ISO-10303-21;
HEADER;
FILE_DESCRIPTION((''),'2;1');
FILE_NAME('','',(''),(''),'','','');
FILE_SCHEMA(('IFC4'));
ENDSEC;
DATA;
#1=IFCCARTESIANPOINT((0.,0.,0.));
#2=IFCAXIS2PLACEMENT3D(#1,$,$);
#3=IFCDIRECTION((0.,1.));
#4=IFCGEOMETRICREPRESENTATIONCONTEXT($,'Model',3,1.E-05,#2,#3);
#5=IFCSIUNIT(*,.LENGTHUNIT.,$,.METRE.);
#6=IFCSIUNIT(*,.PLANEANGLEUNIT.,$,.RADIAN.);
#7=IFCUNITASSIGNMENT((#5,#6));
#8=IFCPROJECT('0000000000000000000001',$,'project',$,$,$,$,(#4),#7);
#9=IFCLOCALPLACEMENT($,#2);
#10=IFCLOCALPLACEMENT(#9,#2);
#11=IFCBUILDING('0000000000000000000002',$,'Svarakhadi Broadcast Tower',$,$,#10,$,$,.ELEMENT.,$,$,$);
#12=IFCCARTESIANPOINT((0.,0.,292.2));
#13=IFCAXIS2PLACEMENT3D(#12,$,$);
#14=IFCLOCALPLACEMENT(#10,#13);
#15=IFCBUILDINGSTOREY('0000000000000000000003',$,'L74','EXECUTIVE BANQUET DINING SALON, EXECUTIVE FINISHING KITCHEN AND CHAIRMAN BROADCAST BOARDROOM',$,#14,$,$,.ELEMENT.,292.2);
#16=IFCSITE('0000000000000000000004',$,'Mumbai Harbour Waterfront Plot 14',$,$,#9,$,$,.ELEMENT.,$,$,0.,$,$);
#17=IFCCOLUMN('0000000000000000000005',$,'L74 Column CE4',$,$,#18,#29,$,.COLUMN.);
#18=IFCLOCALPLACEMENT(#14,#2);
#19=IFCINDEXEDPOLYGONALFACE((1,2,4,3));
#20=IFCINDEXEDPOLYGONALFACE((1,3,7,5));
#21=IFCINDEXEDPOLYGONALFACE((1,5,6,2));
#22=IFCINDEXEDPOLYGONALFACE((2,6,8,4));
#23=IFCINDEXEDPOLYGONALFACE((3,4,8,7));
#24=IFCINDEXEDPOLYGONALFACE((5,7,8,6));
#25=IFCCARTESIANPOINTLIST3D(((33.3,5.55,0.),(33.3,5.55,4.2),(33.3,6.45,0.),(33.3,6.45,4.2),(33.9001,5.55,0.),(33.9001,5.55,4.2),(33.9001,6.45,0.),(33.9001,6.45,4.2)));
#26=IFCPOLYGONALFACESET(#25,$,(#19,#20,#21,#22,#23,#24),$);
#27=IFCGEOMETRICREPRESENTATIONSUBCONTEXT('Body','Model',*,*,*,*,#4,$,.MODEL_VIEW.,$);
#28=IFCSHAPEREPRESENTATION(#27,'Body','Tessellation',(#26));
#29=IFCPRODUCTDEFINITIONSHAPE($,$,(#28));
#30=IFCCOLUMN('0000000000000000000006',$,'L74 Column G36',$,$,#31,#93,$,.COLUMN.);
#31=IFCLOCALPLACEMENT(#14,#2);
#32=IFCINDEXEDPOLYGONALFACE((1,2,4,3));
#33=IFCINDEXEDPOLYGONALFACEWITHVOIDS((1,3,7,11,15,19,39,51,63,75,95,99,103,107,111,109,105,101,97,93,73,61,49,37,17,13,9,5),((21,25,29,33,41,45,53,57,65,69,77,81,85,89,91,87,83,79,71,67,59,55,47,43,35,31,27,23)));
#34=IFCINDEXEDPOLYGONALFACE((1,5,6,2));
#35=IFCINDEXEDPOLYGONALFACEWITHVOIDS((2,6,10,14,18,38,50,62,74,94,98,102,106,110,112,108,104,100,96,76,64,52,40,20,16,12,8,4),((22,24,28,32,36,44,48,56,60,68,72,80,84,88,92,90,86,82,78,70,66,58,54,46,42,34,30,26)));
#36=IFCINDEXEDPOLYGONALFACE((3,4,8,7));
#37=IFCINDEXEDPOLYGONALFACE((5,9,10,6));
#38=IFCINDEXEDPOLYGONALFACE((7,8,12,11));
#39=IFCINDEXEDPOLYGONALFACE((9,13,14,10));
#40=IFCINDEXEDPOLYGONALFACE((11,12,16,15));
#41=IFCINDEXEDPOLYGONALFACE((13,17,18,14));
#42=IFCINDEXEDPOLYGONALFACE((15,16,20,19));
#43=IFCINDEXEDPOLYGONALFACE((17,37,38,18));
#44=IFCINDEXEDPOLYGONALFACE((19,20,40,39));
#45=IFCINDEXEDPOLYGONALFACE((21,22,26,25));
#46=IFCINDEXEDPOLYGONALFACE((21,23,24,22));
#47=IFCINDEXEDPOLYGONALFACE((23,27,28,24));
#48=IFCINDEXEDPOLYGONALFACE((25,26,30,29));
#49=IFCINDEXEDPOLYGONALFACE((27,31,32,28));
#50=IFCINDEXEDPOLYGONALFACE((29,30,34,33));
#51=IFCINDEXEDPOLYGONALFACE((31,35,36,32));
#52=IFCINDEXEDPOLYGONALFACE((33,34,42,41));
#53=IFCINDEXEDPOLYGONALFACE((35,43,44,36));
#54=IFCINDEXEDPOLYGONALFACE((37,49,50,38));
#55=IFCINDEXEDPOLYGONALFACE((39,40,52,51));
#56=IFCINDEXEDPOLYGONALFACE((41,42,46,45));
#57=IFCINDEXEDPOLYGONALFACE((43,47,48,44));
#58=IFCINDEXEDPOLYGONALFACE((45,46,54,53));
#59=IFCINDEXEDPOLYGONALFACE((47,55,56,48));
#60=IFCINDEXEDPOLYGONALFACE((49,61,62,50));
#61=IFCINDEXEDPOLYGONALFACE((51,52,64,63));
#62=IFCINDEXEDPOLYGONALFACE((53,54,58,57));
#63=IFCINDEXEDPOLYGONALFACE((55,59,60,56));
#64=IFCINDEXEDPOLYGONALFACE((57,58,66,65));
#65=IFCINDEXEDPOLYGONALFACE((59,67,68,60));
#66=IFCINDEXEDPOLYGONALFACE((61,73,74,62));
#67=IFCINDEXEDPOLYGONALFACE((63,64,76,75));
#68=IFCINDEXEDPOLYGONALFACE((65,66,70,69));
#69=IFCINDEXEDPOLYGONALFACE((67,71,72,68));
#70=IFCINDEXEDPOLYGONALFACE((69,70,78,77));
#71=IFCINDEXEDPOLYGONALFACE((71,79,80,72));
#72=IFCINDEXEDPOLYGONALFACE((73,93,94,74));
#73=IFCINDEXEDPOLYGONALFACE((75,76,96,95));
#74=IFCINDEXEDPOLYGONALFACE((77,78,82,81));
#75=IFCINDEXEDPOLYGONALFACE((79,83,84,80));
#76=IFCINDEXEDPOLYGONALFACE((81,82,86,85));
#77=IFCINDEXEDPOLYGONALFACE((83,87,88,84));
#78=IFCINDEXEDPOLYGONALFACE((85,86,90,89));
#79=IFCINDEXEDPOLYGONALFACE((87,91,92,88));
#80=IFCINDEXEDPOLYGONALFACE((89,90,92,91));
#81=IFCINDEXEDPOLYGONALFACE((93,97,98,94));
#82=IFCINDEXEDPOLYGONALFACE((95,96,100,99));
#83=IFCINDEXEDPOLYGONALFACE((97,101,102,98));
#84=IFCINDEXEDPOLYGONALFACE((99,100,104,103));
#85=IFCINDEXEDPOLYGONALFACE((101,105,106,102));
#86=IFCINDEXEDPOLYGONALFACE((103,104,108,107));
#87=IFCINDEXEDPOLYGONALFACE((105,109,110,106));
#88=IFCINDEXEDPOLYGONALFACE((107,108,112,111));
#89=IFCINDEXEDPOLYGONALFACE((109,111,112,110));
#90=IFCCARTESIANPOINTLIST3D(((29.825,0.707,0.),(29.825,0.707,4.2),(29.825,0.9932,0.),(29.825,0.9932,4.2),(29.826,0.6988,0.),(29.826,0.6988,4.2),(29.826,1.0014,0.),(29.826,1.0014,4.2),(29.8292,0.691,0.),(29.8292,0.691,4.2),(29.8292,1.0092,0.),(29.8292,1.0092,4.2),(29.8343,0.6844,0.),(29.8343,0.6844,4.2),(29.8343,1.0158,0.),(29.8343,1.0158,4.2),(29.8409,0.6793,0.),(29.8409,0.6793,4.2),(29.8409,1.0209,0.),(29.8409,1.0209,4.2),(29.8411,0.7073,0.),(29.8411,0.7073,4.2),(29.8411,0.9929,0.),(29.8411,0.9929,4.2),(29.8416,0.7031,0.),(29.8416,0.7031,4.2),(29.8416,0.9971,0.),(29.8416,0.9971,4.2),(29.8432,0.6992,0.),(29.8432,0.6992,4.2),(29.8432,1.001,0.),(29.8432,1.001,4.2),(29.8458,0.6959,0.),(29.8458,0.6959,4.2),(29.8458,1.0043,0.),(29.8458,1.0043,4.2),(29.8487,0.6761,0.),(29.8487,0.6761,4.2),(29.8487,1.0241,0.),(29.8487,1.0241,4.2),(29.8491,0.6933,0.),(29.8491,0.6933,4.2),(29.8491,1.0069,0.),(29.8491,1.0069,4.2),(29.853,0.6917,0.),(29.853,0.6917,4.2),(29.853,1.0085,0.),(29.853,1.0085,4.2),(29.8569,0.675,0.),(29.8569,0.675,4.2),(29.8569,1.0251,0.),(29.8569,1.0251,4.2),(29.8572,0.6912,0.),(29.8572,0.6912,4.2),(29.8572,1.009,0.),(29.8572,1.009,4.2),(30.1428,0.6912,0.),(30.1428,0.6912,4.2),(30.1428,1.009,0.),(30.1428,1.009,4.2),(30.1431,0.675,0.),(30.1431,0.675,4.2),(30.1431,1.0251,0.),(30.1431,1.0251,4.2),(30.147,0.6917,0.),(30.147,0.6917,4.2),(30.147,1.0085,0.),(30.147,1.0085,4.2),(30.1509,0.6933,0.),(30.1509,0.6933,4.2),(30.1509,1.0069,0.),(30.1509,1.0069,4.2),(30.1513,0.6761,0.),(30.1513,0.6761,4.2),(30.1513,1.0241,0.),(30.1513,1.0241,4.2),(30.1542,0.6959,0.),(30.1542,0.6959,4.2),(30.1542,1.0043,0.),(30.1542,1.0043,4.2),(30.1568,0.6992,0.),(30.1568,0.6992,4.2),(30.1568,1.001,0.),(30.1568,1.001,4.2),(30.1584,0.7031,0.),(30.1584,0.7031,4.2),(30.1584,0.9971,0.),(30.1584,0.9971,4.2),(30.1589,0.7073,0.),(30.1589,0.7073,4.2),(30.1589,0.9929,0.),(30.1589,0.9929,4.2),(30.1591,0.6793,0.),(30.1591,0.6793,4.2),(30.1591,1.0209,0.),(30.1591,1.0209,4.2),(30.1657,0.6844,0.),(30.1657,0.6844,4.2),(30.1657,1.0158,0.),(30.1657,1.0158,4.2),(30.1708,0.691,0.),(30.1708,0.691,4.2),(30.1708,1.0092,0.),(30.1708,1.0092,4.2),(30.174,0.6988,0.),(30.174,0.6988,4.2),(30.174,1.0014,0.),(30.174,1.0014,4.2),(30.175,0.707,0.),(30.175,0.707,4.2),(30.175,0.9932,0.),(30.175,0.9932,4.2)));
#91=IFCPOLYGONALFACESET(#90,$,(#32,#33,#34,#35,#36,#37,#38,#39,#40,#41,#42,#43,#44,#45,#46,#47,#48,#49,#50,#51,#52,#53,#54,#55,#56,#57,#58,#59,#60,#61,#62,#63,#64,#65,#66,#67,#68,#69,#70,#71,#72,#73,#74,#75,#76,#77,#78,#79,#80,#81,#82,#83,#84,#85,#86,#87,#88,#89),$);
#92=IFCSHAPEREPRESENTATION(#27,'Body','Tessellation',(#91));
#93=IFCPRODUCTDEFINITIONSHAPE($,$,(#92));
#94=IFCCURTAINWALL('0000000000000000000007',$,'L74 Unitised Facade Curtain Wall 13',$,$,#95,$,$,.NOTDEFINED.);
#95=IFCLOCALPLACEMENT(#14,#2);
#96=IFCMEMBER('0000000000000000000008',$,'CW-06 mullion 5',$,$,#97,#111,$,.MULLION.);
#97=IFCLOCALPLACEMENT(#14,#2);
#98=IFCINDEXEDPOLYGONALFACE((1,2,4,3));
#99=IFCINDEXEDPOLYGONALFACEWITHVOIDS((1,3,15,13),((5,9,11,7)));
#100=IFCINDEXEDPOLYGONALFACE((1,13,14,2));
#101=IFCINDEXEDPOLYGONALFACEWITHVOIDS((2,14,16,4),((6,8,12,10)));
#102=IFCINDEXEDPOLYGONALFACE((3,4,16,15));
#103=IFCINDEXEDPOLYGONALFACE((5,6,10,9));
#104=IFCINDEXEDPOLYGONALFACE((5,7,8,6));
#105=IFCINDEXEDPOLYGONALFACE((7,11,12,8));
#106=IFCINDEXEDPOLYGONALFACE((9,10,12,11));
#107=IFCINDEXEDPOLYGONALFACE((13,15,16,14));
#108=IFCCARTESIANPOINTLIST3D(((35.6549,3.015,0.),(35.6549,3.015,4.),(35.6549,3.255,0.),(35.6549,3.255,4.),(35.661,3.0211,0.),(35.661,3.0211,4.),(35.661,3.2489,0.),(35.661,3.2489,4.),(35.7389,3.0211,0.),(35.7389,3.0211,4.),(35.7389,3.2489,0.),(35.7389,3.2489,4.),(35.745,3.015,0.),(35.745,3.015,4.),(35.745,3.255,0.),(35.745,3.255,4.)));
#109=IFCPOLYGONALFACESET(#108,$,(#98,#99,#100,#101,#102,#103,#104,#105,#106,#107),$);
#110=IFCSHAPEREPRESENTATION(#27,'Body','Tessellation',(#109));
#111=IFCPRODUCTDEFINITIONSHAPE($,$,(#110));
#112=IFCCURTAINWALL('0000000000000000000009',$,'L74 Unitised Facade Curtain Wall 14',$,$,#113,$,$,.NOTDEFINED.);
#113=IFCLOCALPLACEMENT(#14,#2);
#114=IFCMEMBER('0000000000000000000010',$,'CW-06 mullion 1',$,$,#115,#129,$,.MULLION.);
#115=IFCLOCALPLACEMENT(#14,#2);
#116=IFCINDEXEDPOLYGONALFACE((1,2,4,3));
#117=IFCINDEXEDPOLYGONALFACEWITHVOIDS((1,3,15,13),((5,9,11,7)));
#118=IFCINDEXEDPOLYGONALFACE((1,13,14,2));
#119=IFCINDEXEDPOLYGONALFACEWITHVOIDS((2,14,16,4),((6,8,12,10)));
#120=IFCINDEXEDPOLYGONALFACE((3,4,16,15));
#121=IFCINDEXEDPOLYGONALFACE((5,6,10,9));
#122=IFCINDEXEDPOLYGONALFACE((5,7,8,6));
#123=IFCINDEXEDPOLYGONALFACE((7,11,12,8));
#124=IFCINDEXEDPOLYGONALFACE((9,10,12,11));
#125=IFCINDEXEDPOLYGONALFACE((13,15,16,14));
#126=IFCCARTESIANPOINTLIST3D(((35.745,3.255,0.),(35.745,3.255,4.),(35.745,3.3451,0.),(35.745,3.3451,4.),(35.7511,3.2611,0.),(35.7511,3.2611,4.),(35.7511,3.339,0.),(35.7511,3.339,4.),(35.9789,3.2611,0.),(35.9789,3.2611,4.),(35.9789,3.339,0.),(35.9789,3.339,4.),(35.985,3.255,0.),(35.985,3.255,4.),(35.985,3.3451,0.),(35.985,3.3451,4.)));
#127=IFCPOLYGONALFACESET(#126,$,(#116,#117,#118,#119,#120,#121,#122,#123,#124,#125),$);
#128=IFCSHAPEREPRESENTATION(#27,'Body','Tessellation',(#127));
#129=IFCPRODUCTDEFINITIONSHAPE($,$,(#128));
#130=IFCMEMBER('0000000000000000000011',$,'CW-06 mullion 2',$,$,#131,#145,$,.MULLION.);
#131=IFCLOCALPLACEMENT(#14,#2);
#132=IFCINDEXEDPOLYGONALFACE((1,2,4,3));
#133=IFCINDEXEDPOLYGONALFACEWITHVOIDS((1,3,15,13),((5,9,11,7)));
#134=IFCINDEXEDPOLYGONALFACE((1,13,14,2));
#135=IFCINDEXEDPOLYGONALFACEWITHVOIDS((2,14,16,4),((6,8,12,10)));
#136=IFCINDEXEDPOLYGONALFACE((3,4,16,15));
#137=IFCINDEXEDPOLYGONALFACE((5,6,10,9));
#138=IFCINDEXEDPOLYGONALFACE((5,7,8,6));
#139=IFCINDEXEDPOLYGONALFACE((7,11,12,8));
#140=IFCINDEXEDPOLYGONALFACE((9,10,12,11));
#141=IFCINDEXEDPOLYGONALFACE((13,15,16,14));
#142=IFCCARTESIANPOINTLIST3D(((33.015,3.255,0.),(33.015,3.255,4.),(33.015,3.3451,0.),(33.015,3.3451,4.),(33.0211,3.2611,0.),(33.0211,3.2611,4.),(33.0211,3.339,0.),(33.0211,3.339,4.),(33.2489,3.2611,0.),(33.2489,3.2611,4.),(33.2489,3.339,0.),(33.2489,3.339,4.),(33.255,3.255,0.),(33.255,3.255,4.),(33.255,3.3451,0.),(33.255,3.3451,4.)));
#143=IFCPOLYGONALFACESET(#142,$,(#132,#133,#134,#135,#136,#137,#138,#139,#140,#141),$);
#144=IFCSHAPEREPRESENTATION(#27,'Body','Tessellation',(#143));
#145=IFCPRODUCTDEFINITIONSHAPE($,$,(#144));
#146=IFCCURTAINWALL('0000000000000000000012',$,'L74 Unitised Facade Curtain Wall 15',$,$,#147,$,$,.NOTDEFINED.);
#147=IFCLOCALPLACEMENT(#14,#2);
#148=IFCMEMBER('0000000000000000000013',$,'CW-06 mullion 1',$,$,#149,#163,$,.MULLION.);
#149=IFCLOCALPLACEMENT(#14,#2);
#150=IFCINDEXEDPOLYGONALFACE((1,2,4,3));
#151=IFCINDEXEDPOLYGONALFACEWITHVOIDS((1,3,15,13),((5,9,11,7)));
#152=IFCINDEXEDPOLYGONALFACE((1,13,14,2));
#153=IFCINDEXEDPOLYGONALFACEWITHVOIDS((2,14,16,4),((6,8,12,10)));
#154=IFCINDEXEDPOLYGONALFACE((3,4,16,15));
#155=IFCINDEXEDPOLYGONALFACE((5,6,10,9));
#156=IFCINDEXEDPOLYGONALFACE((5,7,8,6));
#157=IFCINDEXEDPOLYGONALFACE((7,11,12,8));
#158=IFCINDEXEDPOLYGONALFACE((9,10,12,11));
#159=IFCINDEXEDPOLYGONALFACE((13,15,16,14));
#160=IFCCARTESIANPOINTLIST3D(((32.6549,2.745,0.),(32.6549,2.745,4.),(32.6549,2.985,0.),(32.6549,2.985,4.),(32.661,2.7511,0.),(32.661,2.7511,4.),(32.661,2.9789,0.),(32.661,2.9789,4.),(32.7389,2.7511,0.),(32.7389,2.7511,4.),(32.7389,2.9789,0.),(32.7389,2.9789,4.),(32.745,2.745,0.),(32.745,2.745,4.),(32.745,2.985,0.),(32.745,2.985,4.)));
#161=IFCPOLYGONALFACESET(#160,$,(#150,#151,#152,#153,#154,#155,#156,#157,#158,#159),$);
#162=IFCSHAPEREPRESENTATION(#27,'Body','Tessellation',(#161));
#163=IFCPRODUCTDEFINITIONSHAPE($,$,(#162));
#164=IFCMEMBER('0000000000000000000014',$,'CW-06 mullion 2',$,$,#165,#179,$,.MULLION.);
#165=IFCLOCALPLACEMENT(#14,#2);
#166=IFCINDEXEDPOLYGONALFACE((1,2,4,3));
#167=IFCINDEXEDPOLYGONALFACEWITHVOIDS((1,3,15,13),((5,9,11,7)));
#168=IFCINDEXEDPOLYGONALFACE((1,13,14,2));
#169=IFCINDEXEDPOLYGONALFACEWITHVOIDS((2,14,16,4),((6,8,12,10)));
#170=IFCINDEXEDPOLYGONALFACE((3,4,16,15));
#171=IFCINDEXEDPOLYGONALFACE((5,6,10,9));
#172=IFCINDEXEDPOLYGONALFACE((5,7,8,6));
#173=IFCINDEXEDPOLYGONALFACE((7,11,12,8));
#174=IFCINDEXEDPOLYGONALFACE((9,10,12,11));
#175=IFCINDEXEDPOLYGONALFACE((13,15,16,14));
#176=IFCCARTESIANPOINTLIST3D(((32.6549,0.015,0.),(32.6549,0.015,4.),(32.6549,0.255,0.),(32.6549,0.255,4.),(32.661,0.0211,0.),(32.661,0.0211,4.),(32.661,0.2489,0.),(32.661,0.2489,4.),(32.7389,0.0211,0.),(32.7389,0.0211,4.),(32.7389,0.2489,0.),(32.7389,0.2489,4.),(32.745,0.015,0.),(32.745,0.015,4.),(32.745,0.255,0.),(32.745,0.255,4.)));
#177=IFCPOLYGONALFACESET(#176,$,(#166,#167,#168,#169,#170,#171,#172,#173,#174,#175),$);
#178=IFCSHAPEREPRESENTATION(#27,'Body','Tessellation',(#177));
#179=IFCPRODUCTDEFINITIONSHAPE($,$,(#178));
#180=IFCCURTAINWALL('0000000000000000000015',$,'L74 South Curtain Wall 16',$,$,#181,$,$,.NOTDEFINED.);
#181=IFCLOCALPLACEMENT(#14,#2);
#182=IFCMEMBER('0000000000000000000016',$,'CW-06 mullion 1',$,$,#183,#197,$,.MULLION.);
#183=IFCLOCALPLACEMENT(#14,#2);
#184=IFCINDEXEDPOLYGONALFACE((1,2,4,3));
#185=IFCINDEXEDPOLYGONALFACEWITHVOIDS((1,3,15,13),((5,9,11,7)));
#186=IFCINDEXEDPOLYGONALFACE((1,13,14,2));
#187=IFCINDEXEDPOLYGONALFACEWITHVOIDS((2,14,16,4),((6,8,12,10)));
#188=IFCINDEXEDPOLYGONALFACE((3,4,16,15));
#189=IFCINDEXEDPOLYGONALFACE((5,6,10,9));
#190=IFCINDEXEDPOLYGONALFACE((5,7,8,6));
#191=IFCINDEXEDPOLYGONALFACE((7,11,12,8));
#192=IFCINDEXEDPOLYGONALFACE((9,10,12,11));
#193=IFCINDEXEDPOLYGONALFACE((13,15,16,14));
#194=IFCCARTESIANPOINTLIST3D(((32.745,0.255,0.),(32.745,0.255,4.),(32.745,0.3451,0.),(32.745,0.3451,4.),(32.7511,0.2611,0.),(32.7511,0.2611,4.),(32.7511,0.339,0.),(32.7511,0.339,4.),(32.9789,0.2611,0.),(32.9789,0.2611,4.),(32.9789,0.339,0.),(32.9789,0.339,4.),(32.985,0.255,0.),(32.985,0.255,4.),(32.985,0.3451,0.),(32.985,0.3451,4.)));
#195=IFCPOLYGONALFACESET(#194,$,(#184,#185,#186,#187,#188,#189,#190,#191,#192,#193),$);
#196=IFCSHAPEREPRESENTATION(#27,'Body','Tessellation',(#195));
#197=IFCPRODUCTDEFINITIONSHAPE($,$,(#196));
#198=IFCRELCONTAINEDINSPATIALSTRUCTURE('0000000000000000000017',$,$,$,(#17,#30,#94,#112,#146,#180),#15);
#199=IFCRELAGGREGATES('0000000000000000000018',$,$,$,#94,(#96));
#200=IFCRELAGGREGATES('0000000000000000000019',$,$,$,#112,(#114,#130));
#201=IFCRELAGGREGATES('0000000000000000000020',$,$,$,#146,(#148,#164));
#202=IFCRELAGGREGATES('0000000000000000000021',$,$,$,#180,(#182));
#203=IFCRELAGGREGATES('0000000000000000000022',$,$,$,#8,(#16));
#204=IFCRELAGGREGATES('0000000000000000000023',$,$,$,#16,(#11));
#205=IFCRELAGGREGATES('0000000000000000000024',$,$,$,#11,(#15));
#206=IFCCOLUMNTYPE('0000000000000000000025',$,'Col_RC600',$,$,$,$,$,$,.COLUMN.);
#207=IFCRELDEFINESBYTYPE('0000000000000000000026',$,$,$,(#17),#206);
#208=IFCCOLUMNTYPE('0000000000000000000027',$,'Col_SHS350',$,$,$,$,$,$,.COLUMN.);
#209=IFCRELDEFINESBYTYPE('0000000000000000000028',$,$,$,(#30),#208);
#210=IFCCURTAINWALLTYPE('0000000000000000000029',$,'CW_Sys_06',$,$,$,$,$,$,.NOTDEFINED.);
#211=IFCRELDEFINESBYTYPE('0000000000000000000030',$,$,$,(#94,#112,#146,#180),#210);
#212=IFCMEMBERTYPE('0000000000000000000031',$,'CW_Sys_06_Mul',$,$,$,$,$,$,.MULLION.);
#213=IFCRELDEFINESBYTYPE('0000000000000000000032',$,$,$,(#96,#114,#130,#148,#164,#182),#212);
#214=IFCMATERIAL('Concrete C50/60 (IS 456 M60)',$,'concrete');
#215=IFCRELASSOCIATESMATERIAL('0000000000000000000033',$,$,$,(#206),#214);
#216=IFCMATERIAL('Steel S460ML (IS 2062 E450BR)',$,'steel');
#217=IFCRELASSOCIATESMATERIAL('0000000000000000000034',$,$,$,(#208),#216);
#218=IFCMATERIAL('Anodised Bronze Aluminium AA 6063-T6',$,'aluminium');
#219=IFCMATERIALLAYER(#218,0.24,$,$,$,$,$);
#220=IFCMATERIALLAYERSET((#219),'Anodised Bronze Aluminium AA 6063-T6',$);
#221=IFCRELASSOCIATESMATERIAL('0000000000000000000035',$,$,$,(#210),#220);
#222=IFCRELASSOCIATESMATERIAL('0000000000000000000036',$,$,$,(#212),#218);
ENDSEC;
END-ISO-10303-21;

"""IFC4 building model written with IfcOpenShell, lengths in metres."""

from ifc_helpers import new_model, si_unit, direction, frame, origin, origin_2d, place, context, subcontext, project, spatial, rectangle, hollow_rectangle, extrude, material, layer, layer_set, material_profile, profile_set, type_object, element, aggregate, save


model = new_model("IFC4")

# Units and contexts
model_context = context("Model", 3, precision=1e-05, world=origin(), true_north=direction((0.0, 1.0)))
body_context = subcontext(model_context, "Body", "Model", "MODEL_VIEW")
ifc_project = project(units=[si_unit("LENGTHUNIT", "METRE"), si_unit("PLANEANGLEUNIT", "RADIAN")], contexts=[model_context])

# Site, building, storey
site_placement = place(None, origin())
site = spatial("IfcSite", under=ifc_project, at=site_placement, Name="Mumbai Harbour Waterfront Plot 14", CompositionType="ELEMENT", RefElevation=0.0)
building_placement = place(site_placement, origin())
building = spatial("IfcBuilding", under=site, at=building_placement, Name="Svarakhadi Broadcast Tower", CompositionType="ELEMENT")
storey_placement = place(building_placement, frame((0.0, 0.0, 292.2)))
storey = spatial("IfcBuildingStorey", under=building, at=storey_placement, Name="L74", Description="EXECUTIVE BANQUET DINING SALON, EXECUTIVE FINISHING KITCHEN AND CHAIRMAN BROADCAST BOARDROOM", CompositionType="ELEMENT", Elevation=292.2)

# Columns
ifc_material_1 = material(Name="Concrete C50/60 (IS 456 M60)", Category="concrete")
ifc_material_profile_1 = material_profile(ifc_material_1, rectangle(XDim=0.6001, YDim=0.8999, at=origin_2d()), Name="RC 600x900")
ifc_profile_set_1 = profile_set([ifc_material_profile_1], Name="Concrete C50/60 (IS 456 M60)")
column_type_1 = type_object("IfcColumnType", Name="Col_RC600", PredefinedType="COLUMN", material=ifc_profile_set_1)
column_1_placement = place(storey_placement, frame((33.6001, 6.0, 0.0), z_axis=(0.0, 0.0, 1.0), x_axis=(1.0, 0.0, 0.0)))
element("IfcColumn", 1, at=column_1_placement, inside=storey, type_object=column_type_1, Name="L74 Column CE4", PredefinedType="COLUMN", context=body_context, shape_type="SweptSolid", body=[
    extrude(rectangle(XDim=0.6001, YDim=0.8999, at=origin_2d()), origin(), (0.0, 0.0, 1.0), 4.2),
])
ifc_material_2 = material(Name="Steel S460ML (IS 2062 E450BR)", Category="steel")
ifc_material_profile_2 = material_profile(ifc_material_2, hollow_rectangle(XDim=0.3501, YDim=0.3501, WallThickness=0.0161, InnerFilletRadius=0.0161, OuterFilletRadius=0.032, at=origin_2d()), Name="SHS 350x350x16")
ifc_profile_set_2 = profile_set([ifc_material_profile_2], Name="Steel S460ML (IS 2062 E450BR)")
column_type_2 = type_object("IfcColumnType", Name="Col_SHS350", PredefinedType="COLUMN", material=ifc_profile_set_2)
column_2_placement = place(storey_placement, frame((30.0, 0.8501, 0.0), z_axis=(0.0, 0.0, 1.0), x_axis=(1.0, 0.0, 0.0)))
element("IfcColumn", 2, at=column_2_placement, inside=storey, type_object=column_type_2, Name="L74 Column G36", PredefinedType="COLUMN", context=body_context, shape_type="SweptSolid", body=[
    extrude(hollow_rectangle(XDim=0.3501, YDim=0.3501, WallThickness=0.0161, InnerFilletRadius=0.0161, OuterFilletRadius=0.032, at=origin_2d()), origin(), (0.0, 0.0, 1.0), 4.2),
])

# Curtain wall, member
ifc_material_3 = material(Name="Anodised Bronze Aluminium AA 6063-T6", Category="aluminium")
ifc_layer_1 = layer(ifc_material_3, 0.24)
ifc_layer_set_1 = layer_set([ifc_layer_1], Name="Anodised Bronze Aluminium AA 6063-T6")
curtain_wall_type = type_object("IfcCurtainWallType", Name="CW_Sys_06", PredefinedType="NOTDEFINED", material=ifc_layer_set_1)
curtain_wall_1_placement = place(storey_placement, origin())
curtain_wall_1 = element("IfcCurtainWall", 3, at=curtain_wall_1_placement, inside=storey, type_object=curtain_wall_type, Name="L74 Unitised Facade Curtain Wall 13", PredefinedType="NOTDEFINED")
ifc_material_profile_3 = material_profile(ifc_material_3, hollow_rectangle(XDim=0.0901, YDim=0.24, WallThickness=0.0061, at=origin_2d()), Name="ALU MULLION 240x90x6")
ifc_profile_set_3 = profile_set([ifc_material_profile_3], Name="Anodised Bronze Aluminium AA 6063-T6")
member_type_1 = type_object("IfcMemberType", Name="CW_Sys_06_Mul", PredefinedType="MULLION", material=ifc_profile_set_3)
member_1_placement = place(storey_placement, frame((35.7, 3.135, 0.0), z_axis=(0.0, 0.0, 1.0), x_axis=(1.0, 0.0, 0.0)))
member_1 = element("IfcMember", 4, at=member_1_placement, type_object=member_type_1, Name="CW-06 mullion 5", PredefinedType="MULLION", context=body_context, shape_type="SweptSolid", body=[
    extrude(hollow_rectangle(XDim=0.0901, YDim=0.24, WallThickness=0.0061, at=origin_2d()), origin(), (0.0, 0.0, 1.0), 4.0),
])

# Curtain walls, members
curtain_wall_2_placement = place(storey_placement, origin())
curtain_wall_2 = element("IfcCurtainWall", 5, at=curtain_wall_2_placement, inside=storey, type_object=curtain_wall_type, Name="L74 Unitised Facade Curtain Wall 14", PredefinedType="NOTDEFINED")
member_2_placement = place(storey_placement, frame((35.865, 3.3, 0.0), z_axis=(0.0, 0.0, 1.0), x_axis=(0.0, -1.0, 0.0)))
member_2 = element("IfcMember", 6, at=member_2_placement, type_object=member_type_1, Name="CW-06 mullion 1", PredefinedType="MULLION", context=body_context, shape_type="SweptSolid", body=[
    extrude(hollow_rectangle(XDim=0.0901, YDim=0.24, WallThickness=0.0061, at=origin_2d()), origin(), (0.0, 0.0, 1.0), 4.0),
])
member_3_placement = place(storey_placement, frame((33.135, 3.3, 0.0), z_axis=(0.0, 0.0, 1.0), x_axis=(0.0, -1.0, 0.0)))
member_3 = element("IfcMember", 7, at=member_3_placement, type_object=member_type_1, Name="CW-06 mullion 2", PredefinedType="MULLION", context=body_context, shape_type="SweptSolid", body=[
    extrude(hollow_rectangle(XDim=0.0901, YDim=0.24, WallThickness=0.0061, at=origin_2d()), origin(), (0.0, 0.0, 1.0), 4.0),
])
curtain_wall_3_placement = place(storey_placement, origin())
curtain_wall_3 = element("IfcCurtainWall", 8, at=curtain_wall_3_placement, inside=storey, type_object=curtain_wall_type, Name="L74 Unitised Facade Curtain Wall 15", PredefinedType="NOTDEFINED")
member_4_placement = place(storey_placement, frame((32.7, 2.865, 0.0), z_axis=(0.0, 0.0, 1.0), x_axis=(1.0, 0.0, 0.0)))
member_4 = element("IfcMember", 9, at=member_4_placement, type_object=member_type_1, Name="CW-06 mullion 1", PredefinedType="MULLION", context=body_context, shape_type="SweptSolid", body=[
    extrude(hollow_rectangle(XDim=0.0901, YDim=0.24, WallThickness=0.0061, at=origin_2d()), origin(), (0.0, 0.0, 1.0), 4.0),
])
member_5_placement = place(storey_placement, frame((32.7, 0.135, 0.0), z_axis=(0.0, 0.0, 1.0), x_axis=(1.0, 0.0, 0.0)))
member_5 = element("IfcMember", 10, at=member_5_placement, type_object=member_type_1, Name="CW-06 mullion 2", PredefinedType="MULLION", context=body_context, shape_type="SweptSolid", body=[
    extrude(hollow_rectangle(XDim=0.0901, YDim=0.24, WallThickness=0.0061, at=origin_2d()), origin(), (0.0, 0.0, 1.0), 4.0),
])
curtain_wall_4_placement = place(storey_placement, origin())
curtain_wall_4 = element("IfcCurtainWall", 11, at=curtain_wall_4_placement, inside=storey, type_object=curtain_wall_type, Name="L74 South Curtain Wall 16", PredefinedType="NOTDEFINED")
member_6_placement = place(storey_placement, frame((32.865, 0.3, 0.0), z_axis=(0.0, 0.0, 1.0), x_axis=(0.0, -1.0, 0.0)))
member_6 = element("IfcMember", 12, at=member_6_placement, type_object=member_type_1, Name="CW-06 mullion 1", PredefinedType="MULLION", context=body_context, shape_type="SweptSolid", body=[
    extrude(hollow_rectangle(XDim=0.0901, YDim=0.24, WallThickness=0.0061, at=origin_2d()), origin(), (0.0, 0.0, 1.0), 4.0),
])

aggregate(curtain_wall_1, [member_1])
aggregate(curtain_wall_2, [member_2, member_3])
aggregate(curtain_wall_3, [member_4, member_5])
aggregate(curtain_wall_4, [member_6])

save(model, "model.ifc")
